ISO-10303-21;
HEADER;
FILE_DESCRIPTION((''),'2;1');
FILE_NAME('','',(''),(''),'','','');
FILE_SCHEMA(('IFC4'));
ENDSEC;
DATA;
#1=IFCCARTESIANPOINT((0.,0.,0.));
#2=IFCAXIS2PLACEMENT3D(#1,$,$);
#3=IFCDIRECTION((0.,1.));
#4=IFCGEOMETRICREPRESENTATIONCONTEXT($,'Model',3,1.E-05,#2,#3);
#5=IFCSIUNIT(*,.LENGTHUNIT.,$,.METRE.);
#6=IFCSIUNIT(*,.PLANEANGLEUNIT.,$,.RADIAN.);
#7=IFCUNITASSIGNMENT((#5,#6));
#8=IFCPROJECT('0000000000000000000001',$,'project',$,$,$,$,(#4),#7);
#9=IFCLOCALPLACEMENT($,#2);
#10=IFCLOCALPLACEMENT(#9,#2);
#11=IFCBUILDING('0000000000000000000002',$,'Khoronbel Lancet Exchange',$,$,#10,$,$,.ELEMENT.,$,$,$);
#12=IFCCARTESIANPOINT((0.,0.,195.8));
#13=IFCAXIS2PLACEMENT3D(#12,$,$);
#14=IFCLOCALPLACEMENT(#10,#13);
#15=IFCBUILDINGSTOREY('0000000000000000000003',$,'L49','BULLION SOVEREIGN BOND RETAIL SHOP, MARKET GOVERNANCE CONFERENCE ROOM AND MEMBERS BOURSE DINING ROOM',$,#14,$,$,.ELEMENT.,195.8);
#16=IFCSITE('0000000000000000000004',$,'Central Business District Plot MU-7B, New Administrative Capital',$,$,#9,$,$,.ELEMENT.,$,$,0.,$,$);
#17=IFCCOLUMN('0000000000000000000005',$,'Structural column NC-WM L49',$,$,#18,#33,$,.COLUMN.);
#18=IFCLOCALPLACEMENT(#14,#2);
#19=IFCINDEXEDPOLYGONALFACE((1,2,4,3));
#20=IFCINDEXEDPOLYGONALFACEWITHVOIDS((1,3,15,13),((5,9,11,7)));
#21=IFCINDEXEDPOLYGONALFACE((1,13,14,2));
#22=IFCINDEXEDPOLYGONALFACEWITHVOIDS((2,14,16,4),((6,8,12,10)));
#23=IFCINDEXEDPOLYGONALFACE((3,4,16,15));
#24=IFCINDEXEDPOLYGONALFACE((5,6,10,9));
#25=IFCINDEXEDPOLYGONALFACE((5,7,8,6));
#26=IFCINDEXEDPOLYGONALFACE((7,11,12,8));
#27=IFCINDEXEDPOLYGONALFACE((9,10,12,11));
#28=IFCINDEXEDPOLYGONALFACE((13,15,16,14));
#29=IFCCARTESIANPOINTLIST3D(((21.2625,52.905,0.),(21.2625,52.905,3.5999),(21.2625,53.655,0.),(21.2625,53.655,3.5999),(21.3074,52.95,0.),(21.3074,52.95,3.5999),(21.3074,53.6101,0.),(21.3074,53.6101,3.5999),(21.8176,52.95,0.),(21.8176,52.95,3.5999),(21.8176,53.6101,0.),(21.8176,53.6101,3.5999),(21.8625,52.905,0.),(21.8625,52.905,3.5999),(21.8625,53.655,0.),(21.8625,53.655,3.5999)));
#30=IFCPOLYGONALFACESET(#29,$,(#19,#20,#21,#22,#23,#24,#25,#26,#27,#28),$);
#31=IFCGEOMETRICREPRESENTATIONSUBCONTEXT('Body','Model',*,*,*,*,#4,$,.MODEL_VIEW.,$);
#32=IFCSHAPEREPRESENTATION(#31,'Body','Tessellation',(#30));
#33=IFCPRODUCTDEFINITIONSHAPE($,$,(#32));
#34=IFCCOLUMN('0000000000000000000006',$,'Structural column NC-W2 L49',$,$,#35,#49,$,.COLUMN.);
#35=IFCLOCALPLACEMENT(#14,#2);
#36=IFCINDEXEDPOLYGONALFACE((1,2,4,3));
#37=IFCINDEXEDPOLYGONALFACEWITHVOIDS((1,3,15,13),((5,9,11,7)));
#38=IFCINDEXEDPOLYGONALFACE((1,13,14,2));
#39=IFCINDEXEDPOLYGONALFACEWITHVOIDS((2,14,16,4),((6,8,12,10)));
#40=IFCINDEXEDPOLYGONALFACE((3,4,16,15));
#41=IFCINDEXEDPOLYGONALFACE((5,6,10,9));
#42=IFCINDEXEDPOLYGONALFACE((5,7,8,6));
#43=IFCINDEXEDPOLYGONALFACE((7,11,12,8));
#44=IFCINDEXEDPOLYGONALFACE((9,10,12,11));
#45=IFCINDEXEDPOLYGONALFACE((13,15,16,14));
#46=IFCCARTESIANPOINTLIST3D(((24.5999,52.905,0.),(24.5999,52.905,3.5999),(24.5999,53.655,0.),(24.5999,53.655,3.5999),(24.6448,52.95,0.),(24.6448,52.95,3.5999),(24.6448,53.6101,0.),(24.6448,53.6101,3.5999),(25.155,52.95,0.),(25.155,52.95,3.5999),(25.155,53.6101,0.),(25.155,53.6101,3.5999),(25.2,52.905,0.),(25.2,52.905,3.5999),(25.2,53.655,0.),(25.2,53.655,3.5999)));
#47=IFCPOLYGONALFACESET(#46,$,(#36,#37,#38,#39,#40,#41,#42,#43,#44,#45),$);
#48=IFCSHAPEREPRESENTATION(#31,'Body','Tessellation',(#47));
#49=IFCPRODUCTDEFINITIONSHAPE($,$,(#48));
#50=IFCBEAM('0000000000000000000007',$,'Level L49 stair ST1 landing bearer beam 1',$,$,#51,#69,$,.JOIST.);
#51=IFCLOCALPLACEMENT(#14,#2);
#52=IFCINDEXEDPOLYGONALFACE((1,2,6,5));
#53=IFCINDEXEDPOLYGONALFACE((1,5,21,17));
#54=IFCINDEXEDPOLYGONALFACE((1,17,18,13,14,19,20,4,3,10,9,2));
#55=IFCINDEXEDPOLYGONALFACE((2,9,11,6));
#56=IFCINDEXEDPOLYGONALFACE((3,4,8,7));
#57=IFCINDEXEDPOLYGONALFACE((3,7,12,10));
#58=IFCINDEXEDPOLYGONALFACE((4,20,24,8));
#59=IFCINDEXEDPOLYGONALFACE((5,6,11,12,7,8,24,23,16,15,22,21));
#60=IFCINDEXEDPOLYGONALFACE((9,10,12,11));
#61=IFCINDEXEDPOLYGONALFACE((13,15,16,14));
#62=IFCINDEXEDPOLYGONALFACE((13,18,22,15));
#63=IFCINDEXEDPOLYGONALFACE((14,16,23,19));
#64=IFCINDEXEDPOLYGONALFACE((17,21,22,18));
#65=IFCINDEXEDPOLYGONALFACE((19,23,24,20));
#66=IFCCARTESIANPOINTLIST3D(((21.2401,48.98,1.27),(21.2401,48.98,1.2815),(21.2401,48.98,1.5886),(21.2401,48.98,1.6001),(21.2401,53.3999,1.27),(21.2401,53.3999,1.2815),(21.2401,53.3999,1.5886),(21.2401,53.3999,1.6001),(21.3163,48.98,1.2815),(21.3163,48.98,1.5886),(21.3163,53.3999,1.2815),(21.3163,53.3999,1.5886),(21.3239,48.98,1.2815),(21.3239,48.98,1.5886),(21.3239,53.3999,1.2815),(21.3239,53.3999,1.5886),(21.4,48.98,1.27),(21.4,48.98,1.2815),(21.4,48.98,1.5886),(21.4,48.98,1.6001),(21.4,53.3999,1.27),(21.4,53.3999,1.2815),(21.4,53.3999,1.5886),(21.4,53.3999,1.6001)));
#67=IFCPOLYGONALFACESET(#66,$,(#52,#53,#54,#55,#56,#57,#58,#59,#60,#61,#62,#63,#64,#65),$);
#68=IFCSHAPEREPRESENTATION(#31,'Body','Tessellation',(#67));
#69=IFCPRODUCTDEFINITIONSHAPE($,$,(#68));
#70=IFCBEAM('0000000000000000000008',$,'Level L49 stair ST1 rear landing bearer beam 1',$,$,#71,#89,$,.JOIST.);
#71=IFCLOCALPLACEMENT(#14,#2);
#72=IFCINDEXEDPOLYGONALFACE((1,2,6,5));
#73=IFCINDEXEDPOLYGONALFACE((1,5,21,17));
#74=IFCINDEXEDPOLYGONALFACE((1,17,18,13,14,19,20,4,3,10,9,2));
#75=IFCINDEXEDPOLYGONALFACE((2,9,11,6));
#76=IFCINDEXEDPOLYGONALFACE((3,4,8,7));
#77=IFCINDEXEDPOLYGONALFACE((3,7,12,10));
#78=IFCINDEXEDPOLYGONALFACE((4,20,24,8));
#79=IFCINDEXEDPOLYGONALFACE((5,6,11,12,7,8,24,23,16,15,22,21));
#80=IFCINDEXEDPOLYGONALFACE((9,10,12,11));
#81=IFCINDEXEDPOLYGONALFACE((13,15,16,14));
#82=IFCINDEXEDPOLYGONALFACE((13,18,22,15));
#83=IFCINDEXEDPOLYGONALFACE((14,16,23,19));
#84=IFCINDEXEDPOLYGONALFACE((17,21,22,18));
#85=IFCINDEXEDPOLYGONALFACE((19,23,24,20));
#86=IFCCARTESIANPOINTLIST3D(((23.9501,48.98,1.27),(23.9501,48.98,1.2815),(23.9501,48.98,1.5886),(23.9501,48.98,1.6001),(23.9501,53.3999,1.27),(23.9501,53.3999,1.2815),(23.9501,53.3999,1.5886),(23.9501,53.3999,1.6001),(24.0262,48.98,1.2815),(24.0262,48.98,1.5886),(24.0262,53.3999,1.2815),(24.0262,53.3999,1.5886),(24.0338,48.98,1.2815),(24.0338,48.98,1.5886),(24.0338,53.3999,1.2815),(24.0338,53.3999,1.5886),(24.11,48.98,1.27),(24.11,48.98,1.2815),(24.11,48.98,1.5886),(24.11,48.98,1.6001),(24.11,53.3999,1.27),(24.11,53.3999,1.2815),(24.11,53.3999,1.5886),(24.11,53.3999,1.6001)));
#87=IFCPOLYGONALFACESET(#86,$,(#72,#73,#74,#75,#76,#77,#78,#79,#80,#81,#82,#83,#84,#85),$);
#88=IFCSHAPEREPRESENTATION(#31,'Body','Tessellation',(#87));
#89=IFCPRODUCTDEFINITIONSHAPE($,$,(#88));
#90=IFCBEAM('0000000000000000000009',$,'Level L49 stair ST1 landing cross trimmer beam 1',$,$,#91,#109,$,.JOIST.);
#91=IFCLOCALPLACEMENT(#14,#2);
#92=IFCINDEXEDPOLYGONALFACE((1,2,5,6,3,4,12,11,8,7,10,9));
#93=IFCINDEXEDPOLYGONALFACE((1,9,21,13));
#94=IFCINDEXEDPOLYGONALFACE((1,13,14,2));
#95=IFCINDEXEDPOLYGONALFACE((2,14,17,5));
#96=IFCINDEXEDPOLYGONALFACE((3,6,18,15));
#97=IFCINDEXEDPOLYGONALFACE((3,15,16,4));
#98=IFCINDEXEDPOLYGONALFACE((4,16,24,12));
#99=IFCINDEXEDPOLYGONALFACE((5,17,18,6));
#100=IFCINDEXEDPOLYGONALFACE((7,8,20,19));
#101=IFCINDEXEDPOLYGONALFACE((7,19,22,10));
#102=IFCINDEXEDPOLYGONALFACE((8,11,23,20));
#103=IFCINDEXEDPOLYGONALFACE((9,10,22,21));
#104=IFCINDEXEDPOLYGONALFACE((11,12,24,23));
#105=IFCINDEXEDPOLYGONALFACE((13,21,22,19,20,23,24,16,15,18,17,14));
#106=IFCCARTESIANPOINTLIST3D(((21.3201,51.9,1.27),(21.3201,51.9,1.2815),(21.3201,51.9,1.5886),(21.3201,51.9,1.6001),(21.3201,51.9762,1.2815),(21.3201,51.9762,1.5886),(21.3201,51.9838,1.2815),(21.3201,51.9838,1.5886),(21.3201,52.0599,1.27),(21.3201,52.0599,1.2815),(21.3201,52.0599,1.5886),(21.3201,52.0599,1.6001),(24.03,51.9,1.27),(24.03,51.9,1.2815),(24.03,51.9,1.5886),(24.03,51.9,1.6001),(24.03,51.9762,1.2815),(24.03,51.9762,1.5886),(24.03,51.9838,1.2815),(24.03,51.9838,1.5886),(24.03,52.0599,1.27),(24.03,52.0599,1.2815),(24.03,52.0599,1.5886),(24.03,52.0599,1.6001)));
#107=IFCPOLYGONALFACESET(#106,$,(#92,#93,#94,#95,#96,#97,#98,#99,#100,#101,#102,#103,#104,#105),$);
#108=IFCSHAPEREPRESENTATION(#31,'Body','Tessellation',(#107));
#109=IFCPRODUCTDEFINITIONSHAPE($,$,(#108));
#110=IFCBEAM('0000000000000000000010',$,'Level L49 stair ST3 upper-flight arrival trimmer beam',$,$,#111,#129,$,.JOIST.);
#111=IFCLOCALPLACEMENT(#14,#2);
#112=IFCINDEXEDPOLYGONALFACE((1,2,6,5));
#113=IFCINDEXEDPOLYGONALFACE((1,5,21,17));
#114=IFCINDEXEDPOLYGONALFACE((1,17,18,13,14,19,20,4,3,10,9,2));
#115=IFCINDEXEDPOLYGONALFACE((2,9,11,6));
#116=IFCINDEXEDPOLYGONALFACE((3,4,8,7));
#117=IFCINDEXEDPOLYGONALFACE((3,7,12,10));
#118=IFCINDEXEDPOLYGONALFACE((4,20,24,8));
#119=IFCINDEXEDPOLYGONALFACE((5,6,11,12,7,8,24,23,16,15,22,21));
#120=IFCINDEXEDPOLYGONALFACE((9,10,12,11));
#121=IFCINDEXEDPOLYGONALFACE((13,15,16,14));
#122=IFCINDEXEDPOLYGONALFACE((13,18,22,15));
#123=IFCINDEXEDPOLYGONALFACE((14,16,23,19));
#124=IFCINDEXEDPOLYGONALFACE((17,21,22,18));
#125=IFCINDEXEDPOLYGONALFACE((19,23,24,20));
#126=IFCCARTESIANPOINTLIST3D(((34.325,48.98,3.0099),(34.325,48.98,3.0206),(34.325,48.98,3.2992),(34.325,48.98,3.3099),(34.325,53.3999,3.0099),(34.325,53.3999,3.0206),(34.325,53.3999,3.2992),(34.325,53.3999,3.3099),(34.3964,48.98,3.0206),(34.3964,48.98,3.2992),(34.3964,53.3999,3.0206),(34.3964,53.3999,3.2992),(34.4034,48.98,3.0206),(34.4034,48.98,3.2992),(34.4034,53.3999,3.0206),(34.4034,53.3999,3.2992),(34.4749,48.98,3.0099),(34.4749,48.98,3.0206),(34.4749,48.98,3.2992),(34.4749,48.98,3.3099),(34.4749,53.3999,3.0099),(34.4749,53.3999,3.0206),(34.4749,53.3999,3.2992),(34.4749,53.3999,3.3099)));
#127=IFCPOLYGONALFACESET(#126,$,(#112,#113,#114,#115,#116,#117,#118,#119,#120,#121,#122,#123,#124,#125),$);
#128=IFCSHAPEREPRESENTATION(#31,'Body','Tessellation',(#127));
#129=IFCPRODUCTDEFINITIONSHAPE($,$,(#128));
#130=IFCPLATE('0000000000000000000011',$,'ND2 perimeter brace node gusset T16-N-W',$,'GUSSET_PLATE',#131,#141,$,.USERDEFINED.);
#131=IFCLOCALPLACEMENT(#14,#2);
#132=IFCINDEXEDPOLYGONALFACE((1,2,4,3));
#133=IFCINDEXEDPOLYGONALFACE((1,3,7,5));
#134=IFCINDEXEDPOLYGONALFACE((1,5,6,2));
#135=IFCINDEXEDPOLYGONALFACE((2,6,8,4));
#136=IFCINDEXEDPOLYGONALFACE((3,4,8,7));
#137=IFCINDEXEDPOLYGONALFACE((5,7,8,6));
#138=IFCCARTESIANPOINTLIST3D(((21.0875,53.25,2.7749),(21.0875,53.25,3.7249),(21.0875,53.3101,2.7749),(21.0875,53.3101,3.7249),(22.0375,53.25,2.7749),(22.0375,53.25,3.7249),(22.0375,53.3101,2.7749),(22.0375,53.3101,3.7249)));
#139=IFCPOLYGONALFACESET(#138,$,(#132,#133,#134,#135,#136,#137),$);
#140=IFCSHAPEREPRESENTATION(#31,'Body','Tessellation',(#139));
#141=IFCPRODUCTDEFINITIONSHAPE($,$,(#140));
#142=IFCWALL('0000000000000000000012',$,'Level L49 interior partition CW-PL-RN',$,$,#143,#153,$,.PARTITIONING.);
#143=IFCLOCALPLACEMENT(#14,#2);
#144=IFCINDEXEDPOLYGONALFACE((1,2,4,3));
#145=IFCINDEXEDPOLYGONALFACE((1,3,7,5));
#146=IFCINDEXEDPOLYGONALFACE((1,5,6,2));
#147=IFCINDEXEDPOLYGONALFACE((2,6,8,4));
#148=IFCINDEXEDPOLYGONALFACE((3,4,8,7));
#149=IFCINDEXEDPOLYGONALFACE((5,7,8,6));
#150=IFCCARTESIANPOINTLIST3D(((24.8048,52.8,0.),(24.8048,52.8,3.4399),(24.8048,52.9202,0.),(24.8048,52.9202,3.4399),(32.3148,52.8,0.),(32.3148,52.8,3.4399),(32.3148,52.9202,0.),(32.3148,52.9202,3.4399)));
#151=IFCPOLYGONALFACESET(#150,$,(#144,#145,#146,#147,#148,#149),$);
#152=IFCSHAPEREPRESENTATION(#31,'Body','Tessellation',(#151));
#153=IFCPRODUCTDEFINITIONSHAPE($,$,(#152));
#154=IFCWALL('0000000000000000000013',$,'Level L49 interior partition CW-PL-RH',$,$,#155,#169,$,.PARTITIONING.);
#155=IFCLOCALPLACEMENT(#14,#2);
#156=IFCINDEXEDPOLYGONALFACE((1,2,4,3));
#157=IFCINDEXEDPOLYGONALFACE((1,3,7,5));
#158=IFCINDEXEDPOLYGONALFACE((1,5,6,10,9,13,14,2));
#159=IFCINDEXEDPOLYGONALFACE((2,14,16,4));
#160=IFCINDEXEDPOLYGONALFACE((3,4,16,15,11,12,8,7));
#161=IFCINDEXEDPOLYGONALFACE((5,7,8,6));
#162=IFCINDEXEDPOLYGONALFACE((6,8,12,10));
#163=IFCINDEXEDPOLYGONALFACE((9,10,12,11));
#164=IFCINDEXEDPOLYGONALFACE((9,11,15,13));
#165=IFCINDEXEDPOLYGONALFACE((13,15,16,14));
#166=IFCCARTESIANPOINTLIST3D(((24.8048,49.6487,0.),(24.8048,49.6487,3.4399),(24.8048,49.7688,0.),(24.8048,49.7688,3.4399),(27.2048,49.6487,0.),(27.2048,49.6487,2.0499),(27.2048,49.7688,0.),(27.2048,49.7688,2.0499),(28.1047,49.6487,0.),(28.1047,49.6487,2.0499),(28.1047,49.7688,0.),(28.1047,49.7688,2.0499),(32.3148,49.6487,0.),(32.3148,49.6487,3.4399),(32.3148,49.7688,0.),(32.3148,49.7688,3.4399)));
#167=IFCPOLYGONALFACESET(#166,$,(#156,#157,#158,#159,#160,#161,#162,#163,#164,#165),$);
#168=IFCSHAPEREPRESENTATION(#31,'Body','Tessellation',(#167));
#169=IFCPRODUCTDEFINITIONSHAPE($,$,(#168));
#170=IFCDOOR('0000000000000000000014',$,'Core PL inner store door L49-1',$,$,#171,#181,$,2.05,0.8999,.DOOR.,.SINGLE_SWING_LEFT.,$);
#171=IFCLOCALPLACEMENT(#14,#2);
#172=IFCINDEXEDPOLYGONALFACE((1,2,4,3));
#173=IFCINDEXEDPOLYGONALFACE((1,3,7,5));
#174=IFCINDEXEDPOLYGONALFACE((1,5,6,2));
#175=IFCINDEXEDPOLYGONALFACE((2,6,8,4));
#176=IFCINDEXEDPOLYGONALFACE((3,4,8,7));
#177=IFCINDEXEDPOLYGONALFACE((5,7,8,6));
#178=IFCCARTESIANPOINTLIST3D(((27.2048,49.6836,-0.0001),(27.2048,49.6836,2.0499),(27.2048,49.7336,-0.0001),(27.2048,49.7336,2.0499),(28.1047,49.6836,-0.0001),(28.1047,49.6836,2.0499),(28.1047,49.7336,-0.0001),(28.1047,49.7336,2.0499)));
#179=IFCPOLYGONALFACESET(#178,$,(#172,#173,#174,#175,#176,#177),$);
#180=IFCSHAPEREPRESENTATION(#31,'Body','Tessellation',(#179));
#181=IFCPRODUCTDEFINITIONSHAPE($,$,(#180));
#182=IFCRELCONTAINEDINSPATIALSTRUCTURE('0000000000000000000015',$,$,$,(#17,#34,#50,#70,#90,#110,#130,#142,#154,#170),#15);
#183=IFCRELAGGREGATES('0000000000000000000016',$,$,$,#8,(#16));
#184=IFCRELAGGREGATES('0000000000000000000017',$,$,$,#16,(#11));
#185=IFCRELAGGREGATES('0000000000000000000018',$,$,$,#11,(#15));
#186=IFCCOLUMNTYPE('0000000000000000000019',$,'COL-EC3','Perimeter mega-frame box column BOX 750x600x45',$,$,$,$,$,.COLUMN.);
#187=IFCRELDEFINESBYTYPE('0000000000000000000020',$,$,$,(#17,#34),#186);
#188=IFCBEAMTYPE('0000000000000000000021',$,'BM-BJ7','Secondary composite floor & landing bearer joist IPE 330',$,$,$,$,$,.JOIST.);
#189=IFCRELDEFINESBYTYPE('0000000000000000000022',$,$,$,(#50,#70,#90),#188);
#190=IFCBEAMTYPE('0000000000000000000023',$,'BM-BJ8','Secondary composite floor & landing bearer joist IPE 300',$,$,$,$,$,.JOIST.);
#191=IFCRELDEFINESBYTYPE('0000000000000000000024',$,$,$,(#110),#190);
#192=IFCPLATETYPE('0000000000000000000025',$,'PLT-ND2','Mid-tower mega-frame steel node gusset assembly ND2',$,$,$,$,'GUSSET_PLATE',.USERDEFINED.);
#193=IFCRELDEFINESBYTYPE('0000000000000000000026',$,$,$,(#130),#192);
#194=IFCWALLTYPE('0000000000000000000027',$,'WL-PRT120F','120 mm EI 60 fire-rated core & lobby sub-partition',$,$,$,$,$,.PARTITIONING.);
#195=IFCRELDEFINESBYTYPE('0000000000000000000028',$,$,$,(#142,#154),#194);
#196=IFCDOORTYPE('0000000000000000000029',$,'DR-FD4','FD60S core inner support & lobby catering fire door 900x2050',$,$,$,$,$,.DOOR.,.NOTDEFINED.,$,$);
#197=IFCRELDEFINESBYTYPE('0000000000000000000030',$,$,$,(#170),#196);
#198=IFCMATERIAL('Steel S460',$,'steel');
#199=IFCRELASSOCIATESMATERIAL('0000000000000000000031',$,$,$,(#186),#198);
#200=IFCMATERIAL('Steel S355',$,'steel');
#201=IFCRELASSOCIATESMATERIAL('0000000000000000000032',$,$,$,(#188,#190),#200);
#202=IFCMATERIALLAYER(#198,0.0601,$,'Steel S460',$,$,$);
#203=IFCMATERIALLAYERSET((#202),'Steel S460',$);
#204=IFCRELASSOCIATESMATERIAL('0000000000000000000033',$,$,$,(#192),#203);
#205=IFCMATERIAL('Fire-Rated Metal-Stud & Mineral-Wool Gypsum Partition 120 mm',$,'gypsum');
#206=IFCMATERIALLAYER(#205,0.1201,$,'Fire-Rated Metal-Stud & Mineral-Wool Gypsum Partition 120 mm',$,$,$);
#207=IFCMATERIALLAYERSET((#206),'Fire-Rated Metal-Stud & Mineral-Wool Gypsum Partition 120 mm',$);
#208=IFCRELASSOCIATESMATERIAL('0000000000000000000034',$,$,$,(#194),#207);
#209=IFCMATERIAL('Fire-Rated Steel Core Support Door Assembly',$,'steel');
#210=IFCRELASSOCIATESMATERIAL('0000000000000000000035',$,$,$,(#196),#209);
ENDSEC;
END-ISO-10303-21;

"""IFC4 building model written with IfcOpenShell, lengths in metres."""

from ifc_helpers import new_model, si_unit, direction, frame, frame_2d, origin, origin_2d, place, context, subcontext, project, spatial, rectangle, hollow_rectangle, i_section, extrude, material, layer, layer_set, material_profile, profile_set, type_object, element, fill, save


model = new_model("IFC4")

# Units and contexts
model_context = context("Model", 3, precision=1e-05, world=origin(), true_north=direction((0.0, 1.0)))
body_context = subcontext(model_context, "Body", "Model", "MODEL_VIEW")
ifc_project = project(units=[si_unit("LENGTHUNIT", "METRE"), si_unit("PLANEANGLEUNIT", "RADIAN")], contexts=[model_context])

# Site, building, storey
site_placement = place(None, origin())
site = spatial("IfcSite", under=ifc_project, at=site_placement, Name="Central Business District Plot MU-7B, New Administrative Capital", CompositionType="ELEMENT", RefElevation=0.0)
building_placement = place(site_placement, origin())
building = spatial("IfcBuilding", under=site, at=building_placement, Name="Khoronbel Lancet Exchange", CompositionType="ELEMENT")
storey_placement = place(building_placement, frame((0.0, 0.0, 195.8)))
storey = spatial("IfcBuildingStorey", under=building, at=storey_placement, Name="L49", Description="BULLION SOVEREIGN BOND RETAIL SHOP, MARKET GOVERNANCE CONFERENCE ROOM AND MEMBERS BOURSE DINING ROOM", CompositionType="ELEMENT", Elevation=195.8)

# Columns
ifc_material_1 = material(Name="Steel S460", Category="steel")
ifc_material_profile_1 = material_profile(ifc_material_1, hollow_rectangle(XDim=0.6001, YDim=0.75, WallThickness=0.0449, at=origin_2d()), Name="BOX 750x600x45")
ifc_profile_set_1 = profile_set([ifc_material_profile_1], Name="Steel S460")
column_type = type_object("IfcColumnType", Name="COL-EC3", Description="Perimeter mega-frame box column BOX 750x600x45", PredefinedType="COLUMN", material=ifc_profile_set_1)
for number, where, z_axis, x_axis, name in (
    (1, (21.5625, 53.28, 0.0), (0.0, 0.0, 1.0), (1.0, 0.0, 0.0), "Structural column NC-WM L49"),
    (2, (24.8999, 53.28, 0.0), (0.0, 0.0, 1.0), (1.0, 0.0, 0.0), "Structural column NC-W2 L49"),
):
    element("IfcColumn", number, at=place(storey_placement, frame(where, z_axis=z_axis, x_axis=x_axis)), inside=storey, type_object=column_type, Name=name, PredefinedType="COLUMN", context=body_context, shape_type="SweptSolid", body=[
        extrude(hollow_rectangle(XDim=0.6001, YDim=0.75, WallThickness=0.0449, at=origin_2d()), origin(), (0.0, 0.0, 1.0), 3.5999),
    ])

# Beams
ifc_material_2 = material(Name="Steel S355", Category="steel")
ifc_material_profile_2 = material_profile(ifc_material_2, i_section(OverallWidth=0.1599, OverallDepth=0.3301, WebThickness=0.0076, FlangeThickness=0.0115, at=origin_2d()), Name="IPE 330")
ifc_profile_set_2 = profile_set([ifc_material_profile_2], Name="Steel S355")
beam_type_1 = type_object("IfcBeamType", Name="BM-BJ7", Description="Secondary composite floor & landing bearer joist IPE 330", PredefinedType="JOIST", material=ifc_profile_set_2)
for number, where, z_axis, x_axis, name in (
    (3, (21.3201, 48.98, 1.4351), (0.0, 1.0, 0.0), (-1.0, 0.0, 0.0), "Level L49 stair ST1 landing bearer beam 1"),
    (4, (24.03, 48.98, 1.4351), (0.0, 1.0, 0.0), (-1.0, 0.0, 0.0), "Level L49 stair ST1 rear landing bearer beam 1"),
):
    element("IfcBeam", number, at=place(storey_placement, frame(where, z_axis=z_axis, x_axis=x_axis)), inside=storey, type_object=beam_type_1, Name=name, PredefinedType="JOIST", context=body_context, shape_type="SweptSolid", body=[
        extrude(i_section(OverallWidth=0.1599, OverallDepth=0.3301, WebThickness=0.0076, FlangeThickness=0.0115, at=origin_2d()), origin(), (0.0, 0.0, 1.0), 4.4199),
    ])
beam_1_placement = place(storey_placement, frame((21.3201, 51.98, 1.4351), z_axis=(1.0, 0.0, 0.0), x_axis=(0.0, 1.0, 0.0)))
element("IfcBeam", 5, at=beam_1_placement, inside=storey, type_object=beam_type_1, Name="Level L49 stair ST1 landing cross trimmer beam 1", PredefinedType="JOIST", context=body_context, shape_type="SweptSolid", body=[
    extrude(i_section(OverallWidth=0.1599, OverallDepth=0.3301, WebThickness=0.0076, FlangeThickness=0.0115, at=origin_2d()), origin(), (0.0, 0.0, 1.0), 2.71),
])
ifc_material_profile_3 = material_profile(ifc_material_2, i_section(OverallWidth=0.1499, OverallDepth=0.3, WebThickness=0.0071, FlangeThickness=0.0107, at=origin_2d()), Name="IPE 300")
ifc_profile_set_3 = profile_set([ifc_material_profile_3], Name="Steel S355")
beam_type_2 = type_object("IfcBeamType", Name="BM-BJ8", Description="Secondary composite floor & landing bearer joist IPE 300", PredefinedType="JOIST", material=ifc_profile_set_3)
beam_2_placement = place(storey_placement, frame((34.3999, 48.98, 3.1599), z_axis=(0.0, 1.0, 0.0), x_axis=(-1.0, 0.0, 0.0)))
element("IfcBeam", 6, at=beam_2_placement, inside=storey, type_object=beam_type_2, Name="Level L49 stair ST3 upper-flight arrival trimmer beam", PredefinedType="JOIST", context=body_context, shape_type="SweptSolid", body=[
    extrude(i_section(OverallWidth=0.1499, OverallDepth=0.3, WebThickness=0.0071, FlangeThickness=0.0107, at=origin_2d()), origin(), (0.0, 0.0, 1.0), 4.4199),
])

# Plate
ifc_layer_1 = layer(ifc_material_1, 0.0601, Name="Steel S460")
ifc_layer_set_1 = layer_set([ifc_layer_1], Name="Steel S460")
plate_type = type_object("IfcPlateType", Name="PLT-ND2", Description="Mid-tower mega-frame steel node gusset assembly ND2", ElementType="GUSSET_PLATE", PredefinedType="USERDEFINED", material=ifc_layer_set_1)
plate_placement = place(storey_placement, frame((21.5625, 53.28, 2.7749), z_axis=(0.0, 0.0, 1.0), x_axis=(1.0, 0.0, 0.0)))
element("IfcPlate", 7, at=plate_placement, inside=storey, type_object=plate_type, Name="ND2 perimeter brace node gusset T16-N-W", ObjectType="GUSSET_PLATE", PredefinedType="USERDEFINED", context=body_context, shape_type="SweptSolid", body=[
    extrude(rectangle(XDim=0.95, YDim=0.0601, at=origin_2d()), origin(), (0.0, 0.0, 1.0), 0.95),
])

# Wall
ifc_material_3 = material(Name="Fire-Rated Metal-Stud & Mineral-Wool Gypsum Partition 120 mm", Category="gypsum")
ifc_layer_2 = layer(ifc_material_3, 0.1201, Name="Fire-Rated Metal-Stud & Mineral-Wool Gypsum Partition 120 mm")
ifc_layer_set_2 = layer_set([ifc_layer_2], Name="Fire-Rated Metal-Stud & Mineral-Wool Gypsum Partition 120 mm")
wall_type_1 = type_object("IfcWallType", Name="WL-PRT120F", Description="120 mm EI 60 fire-rated core & lobby sub-partition", PredefinedType="PARTITIONING", material=ifc_layer_set_2)
wall_1_placement = place(storey_placement, frame((24.8049, 52.8601, 0.0), z_axis=(0.0, 0.0, 1.0), x_axis=(1.0, 0.0, 0.0)))
element("IfcWall", 8, at=wall_1_placement, inside=storey, type_object=wall_type_1, Name="Level L49 interior partition CW-PL-RN", PredefinedType="PARTITIONING", context=body_context, shape_type="SweptSolid", body=[
    extrude(rectangle(XDim=7.51, YDim=0.1201, at=frame_2d((3.7549, 0.0))), origin(), (0.0, 0.0, 1.0), 3.4399),
])

# Wall, opening, door
wall_2_placement = place(storey_placement, frame((24.8049, 49.7087, 0.0), z_axis=(0.0, 0.0, 1.0), x_axis=(1.0, 0.0, 0.0)))
wall_2 = element("IfcWall", 9, at=wall_2_placement, inside=storey, type_object=wall_type_1, Name="Level L49 interior partition CW-PL-RH", PredefinedType="PARTITIONING", context=body_context, shape_type="SweptSolid", body=[
    extrude(rectangle(XDim=7.51, YDim=0.1201, at=frame_2d((3.7549, 0.0))), origin(), (0.0, 0.0, 1.0), 3.4399),
])
opening_1_placement = place(wall_2_placement, frame((2.3999, 0.0, 0.0)))
opening_1 = element("IfcOpeningElement", 10, at=opening_1_placement, cuts=wall_2, PredefinedType="OPENING", context=body_context, shape_type="SweptSolid", body=[
    extrude(rectangle(XDim=0.8999, YDim=2.05, at=frame_2d((0.45, 1.0249))), frame((0.0, 0.0701, 0.0), z_axis=(0.0, -1.0, 0.0), x_axis=(1.0, 0.0, 0.0)), (0.0, 0.0, 1.0), 0.1401),
])
ifc_material_4 = material(Name="Fire-Rated Steel Core Support Door Assembly", Category="steel")
door_type_1 = type_object("IfcDoorType", Name="DR-FD4", Description="FD60S core inner support & lobby catering fire door 900x2050", OperationType="NOTDEFINED", PredefinedType="DOOR", material=ifc_material_4)
door_1_placement = place(opening_1_placement, origin())
door_1 = element("IfcDoor", 11, at=door_1_placement, inside=storey, type_object=door_type_1, Name="Core PL inner store door L49-1", OperationType="SINGLE_SWING_LEFT", OverallHeight=2.05, OverallWidth=0.8999, PredefinedType="DOOR", context=body_context, shape_type="SweptSolid", body=[
    extrude(rectangle(XDim=0.8999, YDim=2.05, at=frame_2d((0.45, 1.0249))), frame((0.0, 0.0249, 0.0), z_axis=(0.0, -1.0, 0.0), x_axis=(1.0, 0.0, 0.0)), (0.0, 0.0, 1.0), 0.05),
])
fill(opening_1, door_1)

save(model, "model.ifc")
